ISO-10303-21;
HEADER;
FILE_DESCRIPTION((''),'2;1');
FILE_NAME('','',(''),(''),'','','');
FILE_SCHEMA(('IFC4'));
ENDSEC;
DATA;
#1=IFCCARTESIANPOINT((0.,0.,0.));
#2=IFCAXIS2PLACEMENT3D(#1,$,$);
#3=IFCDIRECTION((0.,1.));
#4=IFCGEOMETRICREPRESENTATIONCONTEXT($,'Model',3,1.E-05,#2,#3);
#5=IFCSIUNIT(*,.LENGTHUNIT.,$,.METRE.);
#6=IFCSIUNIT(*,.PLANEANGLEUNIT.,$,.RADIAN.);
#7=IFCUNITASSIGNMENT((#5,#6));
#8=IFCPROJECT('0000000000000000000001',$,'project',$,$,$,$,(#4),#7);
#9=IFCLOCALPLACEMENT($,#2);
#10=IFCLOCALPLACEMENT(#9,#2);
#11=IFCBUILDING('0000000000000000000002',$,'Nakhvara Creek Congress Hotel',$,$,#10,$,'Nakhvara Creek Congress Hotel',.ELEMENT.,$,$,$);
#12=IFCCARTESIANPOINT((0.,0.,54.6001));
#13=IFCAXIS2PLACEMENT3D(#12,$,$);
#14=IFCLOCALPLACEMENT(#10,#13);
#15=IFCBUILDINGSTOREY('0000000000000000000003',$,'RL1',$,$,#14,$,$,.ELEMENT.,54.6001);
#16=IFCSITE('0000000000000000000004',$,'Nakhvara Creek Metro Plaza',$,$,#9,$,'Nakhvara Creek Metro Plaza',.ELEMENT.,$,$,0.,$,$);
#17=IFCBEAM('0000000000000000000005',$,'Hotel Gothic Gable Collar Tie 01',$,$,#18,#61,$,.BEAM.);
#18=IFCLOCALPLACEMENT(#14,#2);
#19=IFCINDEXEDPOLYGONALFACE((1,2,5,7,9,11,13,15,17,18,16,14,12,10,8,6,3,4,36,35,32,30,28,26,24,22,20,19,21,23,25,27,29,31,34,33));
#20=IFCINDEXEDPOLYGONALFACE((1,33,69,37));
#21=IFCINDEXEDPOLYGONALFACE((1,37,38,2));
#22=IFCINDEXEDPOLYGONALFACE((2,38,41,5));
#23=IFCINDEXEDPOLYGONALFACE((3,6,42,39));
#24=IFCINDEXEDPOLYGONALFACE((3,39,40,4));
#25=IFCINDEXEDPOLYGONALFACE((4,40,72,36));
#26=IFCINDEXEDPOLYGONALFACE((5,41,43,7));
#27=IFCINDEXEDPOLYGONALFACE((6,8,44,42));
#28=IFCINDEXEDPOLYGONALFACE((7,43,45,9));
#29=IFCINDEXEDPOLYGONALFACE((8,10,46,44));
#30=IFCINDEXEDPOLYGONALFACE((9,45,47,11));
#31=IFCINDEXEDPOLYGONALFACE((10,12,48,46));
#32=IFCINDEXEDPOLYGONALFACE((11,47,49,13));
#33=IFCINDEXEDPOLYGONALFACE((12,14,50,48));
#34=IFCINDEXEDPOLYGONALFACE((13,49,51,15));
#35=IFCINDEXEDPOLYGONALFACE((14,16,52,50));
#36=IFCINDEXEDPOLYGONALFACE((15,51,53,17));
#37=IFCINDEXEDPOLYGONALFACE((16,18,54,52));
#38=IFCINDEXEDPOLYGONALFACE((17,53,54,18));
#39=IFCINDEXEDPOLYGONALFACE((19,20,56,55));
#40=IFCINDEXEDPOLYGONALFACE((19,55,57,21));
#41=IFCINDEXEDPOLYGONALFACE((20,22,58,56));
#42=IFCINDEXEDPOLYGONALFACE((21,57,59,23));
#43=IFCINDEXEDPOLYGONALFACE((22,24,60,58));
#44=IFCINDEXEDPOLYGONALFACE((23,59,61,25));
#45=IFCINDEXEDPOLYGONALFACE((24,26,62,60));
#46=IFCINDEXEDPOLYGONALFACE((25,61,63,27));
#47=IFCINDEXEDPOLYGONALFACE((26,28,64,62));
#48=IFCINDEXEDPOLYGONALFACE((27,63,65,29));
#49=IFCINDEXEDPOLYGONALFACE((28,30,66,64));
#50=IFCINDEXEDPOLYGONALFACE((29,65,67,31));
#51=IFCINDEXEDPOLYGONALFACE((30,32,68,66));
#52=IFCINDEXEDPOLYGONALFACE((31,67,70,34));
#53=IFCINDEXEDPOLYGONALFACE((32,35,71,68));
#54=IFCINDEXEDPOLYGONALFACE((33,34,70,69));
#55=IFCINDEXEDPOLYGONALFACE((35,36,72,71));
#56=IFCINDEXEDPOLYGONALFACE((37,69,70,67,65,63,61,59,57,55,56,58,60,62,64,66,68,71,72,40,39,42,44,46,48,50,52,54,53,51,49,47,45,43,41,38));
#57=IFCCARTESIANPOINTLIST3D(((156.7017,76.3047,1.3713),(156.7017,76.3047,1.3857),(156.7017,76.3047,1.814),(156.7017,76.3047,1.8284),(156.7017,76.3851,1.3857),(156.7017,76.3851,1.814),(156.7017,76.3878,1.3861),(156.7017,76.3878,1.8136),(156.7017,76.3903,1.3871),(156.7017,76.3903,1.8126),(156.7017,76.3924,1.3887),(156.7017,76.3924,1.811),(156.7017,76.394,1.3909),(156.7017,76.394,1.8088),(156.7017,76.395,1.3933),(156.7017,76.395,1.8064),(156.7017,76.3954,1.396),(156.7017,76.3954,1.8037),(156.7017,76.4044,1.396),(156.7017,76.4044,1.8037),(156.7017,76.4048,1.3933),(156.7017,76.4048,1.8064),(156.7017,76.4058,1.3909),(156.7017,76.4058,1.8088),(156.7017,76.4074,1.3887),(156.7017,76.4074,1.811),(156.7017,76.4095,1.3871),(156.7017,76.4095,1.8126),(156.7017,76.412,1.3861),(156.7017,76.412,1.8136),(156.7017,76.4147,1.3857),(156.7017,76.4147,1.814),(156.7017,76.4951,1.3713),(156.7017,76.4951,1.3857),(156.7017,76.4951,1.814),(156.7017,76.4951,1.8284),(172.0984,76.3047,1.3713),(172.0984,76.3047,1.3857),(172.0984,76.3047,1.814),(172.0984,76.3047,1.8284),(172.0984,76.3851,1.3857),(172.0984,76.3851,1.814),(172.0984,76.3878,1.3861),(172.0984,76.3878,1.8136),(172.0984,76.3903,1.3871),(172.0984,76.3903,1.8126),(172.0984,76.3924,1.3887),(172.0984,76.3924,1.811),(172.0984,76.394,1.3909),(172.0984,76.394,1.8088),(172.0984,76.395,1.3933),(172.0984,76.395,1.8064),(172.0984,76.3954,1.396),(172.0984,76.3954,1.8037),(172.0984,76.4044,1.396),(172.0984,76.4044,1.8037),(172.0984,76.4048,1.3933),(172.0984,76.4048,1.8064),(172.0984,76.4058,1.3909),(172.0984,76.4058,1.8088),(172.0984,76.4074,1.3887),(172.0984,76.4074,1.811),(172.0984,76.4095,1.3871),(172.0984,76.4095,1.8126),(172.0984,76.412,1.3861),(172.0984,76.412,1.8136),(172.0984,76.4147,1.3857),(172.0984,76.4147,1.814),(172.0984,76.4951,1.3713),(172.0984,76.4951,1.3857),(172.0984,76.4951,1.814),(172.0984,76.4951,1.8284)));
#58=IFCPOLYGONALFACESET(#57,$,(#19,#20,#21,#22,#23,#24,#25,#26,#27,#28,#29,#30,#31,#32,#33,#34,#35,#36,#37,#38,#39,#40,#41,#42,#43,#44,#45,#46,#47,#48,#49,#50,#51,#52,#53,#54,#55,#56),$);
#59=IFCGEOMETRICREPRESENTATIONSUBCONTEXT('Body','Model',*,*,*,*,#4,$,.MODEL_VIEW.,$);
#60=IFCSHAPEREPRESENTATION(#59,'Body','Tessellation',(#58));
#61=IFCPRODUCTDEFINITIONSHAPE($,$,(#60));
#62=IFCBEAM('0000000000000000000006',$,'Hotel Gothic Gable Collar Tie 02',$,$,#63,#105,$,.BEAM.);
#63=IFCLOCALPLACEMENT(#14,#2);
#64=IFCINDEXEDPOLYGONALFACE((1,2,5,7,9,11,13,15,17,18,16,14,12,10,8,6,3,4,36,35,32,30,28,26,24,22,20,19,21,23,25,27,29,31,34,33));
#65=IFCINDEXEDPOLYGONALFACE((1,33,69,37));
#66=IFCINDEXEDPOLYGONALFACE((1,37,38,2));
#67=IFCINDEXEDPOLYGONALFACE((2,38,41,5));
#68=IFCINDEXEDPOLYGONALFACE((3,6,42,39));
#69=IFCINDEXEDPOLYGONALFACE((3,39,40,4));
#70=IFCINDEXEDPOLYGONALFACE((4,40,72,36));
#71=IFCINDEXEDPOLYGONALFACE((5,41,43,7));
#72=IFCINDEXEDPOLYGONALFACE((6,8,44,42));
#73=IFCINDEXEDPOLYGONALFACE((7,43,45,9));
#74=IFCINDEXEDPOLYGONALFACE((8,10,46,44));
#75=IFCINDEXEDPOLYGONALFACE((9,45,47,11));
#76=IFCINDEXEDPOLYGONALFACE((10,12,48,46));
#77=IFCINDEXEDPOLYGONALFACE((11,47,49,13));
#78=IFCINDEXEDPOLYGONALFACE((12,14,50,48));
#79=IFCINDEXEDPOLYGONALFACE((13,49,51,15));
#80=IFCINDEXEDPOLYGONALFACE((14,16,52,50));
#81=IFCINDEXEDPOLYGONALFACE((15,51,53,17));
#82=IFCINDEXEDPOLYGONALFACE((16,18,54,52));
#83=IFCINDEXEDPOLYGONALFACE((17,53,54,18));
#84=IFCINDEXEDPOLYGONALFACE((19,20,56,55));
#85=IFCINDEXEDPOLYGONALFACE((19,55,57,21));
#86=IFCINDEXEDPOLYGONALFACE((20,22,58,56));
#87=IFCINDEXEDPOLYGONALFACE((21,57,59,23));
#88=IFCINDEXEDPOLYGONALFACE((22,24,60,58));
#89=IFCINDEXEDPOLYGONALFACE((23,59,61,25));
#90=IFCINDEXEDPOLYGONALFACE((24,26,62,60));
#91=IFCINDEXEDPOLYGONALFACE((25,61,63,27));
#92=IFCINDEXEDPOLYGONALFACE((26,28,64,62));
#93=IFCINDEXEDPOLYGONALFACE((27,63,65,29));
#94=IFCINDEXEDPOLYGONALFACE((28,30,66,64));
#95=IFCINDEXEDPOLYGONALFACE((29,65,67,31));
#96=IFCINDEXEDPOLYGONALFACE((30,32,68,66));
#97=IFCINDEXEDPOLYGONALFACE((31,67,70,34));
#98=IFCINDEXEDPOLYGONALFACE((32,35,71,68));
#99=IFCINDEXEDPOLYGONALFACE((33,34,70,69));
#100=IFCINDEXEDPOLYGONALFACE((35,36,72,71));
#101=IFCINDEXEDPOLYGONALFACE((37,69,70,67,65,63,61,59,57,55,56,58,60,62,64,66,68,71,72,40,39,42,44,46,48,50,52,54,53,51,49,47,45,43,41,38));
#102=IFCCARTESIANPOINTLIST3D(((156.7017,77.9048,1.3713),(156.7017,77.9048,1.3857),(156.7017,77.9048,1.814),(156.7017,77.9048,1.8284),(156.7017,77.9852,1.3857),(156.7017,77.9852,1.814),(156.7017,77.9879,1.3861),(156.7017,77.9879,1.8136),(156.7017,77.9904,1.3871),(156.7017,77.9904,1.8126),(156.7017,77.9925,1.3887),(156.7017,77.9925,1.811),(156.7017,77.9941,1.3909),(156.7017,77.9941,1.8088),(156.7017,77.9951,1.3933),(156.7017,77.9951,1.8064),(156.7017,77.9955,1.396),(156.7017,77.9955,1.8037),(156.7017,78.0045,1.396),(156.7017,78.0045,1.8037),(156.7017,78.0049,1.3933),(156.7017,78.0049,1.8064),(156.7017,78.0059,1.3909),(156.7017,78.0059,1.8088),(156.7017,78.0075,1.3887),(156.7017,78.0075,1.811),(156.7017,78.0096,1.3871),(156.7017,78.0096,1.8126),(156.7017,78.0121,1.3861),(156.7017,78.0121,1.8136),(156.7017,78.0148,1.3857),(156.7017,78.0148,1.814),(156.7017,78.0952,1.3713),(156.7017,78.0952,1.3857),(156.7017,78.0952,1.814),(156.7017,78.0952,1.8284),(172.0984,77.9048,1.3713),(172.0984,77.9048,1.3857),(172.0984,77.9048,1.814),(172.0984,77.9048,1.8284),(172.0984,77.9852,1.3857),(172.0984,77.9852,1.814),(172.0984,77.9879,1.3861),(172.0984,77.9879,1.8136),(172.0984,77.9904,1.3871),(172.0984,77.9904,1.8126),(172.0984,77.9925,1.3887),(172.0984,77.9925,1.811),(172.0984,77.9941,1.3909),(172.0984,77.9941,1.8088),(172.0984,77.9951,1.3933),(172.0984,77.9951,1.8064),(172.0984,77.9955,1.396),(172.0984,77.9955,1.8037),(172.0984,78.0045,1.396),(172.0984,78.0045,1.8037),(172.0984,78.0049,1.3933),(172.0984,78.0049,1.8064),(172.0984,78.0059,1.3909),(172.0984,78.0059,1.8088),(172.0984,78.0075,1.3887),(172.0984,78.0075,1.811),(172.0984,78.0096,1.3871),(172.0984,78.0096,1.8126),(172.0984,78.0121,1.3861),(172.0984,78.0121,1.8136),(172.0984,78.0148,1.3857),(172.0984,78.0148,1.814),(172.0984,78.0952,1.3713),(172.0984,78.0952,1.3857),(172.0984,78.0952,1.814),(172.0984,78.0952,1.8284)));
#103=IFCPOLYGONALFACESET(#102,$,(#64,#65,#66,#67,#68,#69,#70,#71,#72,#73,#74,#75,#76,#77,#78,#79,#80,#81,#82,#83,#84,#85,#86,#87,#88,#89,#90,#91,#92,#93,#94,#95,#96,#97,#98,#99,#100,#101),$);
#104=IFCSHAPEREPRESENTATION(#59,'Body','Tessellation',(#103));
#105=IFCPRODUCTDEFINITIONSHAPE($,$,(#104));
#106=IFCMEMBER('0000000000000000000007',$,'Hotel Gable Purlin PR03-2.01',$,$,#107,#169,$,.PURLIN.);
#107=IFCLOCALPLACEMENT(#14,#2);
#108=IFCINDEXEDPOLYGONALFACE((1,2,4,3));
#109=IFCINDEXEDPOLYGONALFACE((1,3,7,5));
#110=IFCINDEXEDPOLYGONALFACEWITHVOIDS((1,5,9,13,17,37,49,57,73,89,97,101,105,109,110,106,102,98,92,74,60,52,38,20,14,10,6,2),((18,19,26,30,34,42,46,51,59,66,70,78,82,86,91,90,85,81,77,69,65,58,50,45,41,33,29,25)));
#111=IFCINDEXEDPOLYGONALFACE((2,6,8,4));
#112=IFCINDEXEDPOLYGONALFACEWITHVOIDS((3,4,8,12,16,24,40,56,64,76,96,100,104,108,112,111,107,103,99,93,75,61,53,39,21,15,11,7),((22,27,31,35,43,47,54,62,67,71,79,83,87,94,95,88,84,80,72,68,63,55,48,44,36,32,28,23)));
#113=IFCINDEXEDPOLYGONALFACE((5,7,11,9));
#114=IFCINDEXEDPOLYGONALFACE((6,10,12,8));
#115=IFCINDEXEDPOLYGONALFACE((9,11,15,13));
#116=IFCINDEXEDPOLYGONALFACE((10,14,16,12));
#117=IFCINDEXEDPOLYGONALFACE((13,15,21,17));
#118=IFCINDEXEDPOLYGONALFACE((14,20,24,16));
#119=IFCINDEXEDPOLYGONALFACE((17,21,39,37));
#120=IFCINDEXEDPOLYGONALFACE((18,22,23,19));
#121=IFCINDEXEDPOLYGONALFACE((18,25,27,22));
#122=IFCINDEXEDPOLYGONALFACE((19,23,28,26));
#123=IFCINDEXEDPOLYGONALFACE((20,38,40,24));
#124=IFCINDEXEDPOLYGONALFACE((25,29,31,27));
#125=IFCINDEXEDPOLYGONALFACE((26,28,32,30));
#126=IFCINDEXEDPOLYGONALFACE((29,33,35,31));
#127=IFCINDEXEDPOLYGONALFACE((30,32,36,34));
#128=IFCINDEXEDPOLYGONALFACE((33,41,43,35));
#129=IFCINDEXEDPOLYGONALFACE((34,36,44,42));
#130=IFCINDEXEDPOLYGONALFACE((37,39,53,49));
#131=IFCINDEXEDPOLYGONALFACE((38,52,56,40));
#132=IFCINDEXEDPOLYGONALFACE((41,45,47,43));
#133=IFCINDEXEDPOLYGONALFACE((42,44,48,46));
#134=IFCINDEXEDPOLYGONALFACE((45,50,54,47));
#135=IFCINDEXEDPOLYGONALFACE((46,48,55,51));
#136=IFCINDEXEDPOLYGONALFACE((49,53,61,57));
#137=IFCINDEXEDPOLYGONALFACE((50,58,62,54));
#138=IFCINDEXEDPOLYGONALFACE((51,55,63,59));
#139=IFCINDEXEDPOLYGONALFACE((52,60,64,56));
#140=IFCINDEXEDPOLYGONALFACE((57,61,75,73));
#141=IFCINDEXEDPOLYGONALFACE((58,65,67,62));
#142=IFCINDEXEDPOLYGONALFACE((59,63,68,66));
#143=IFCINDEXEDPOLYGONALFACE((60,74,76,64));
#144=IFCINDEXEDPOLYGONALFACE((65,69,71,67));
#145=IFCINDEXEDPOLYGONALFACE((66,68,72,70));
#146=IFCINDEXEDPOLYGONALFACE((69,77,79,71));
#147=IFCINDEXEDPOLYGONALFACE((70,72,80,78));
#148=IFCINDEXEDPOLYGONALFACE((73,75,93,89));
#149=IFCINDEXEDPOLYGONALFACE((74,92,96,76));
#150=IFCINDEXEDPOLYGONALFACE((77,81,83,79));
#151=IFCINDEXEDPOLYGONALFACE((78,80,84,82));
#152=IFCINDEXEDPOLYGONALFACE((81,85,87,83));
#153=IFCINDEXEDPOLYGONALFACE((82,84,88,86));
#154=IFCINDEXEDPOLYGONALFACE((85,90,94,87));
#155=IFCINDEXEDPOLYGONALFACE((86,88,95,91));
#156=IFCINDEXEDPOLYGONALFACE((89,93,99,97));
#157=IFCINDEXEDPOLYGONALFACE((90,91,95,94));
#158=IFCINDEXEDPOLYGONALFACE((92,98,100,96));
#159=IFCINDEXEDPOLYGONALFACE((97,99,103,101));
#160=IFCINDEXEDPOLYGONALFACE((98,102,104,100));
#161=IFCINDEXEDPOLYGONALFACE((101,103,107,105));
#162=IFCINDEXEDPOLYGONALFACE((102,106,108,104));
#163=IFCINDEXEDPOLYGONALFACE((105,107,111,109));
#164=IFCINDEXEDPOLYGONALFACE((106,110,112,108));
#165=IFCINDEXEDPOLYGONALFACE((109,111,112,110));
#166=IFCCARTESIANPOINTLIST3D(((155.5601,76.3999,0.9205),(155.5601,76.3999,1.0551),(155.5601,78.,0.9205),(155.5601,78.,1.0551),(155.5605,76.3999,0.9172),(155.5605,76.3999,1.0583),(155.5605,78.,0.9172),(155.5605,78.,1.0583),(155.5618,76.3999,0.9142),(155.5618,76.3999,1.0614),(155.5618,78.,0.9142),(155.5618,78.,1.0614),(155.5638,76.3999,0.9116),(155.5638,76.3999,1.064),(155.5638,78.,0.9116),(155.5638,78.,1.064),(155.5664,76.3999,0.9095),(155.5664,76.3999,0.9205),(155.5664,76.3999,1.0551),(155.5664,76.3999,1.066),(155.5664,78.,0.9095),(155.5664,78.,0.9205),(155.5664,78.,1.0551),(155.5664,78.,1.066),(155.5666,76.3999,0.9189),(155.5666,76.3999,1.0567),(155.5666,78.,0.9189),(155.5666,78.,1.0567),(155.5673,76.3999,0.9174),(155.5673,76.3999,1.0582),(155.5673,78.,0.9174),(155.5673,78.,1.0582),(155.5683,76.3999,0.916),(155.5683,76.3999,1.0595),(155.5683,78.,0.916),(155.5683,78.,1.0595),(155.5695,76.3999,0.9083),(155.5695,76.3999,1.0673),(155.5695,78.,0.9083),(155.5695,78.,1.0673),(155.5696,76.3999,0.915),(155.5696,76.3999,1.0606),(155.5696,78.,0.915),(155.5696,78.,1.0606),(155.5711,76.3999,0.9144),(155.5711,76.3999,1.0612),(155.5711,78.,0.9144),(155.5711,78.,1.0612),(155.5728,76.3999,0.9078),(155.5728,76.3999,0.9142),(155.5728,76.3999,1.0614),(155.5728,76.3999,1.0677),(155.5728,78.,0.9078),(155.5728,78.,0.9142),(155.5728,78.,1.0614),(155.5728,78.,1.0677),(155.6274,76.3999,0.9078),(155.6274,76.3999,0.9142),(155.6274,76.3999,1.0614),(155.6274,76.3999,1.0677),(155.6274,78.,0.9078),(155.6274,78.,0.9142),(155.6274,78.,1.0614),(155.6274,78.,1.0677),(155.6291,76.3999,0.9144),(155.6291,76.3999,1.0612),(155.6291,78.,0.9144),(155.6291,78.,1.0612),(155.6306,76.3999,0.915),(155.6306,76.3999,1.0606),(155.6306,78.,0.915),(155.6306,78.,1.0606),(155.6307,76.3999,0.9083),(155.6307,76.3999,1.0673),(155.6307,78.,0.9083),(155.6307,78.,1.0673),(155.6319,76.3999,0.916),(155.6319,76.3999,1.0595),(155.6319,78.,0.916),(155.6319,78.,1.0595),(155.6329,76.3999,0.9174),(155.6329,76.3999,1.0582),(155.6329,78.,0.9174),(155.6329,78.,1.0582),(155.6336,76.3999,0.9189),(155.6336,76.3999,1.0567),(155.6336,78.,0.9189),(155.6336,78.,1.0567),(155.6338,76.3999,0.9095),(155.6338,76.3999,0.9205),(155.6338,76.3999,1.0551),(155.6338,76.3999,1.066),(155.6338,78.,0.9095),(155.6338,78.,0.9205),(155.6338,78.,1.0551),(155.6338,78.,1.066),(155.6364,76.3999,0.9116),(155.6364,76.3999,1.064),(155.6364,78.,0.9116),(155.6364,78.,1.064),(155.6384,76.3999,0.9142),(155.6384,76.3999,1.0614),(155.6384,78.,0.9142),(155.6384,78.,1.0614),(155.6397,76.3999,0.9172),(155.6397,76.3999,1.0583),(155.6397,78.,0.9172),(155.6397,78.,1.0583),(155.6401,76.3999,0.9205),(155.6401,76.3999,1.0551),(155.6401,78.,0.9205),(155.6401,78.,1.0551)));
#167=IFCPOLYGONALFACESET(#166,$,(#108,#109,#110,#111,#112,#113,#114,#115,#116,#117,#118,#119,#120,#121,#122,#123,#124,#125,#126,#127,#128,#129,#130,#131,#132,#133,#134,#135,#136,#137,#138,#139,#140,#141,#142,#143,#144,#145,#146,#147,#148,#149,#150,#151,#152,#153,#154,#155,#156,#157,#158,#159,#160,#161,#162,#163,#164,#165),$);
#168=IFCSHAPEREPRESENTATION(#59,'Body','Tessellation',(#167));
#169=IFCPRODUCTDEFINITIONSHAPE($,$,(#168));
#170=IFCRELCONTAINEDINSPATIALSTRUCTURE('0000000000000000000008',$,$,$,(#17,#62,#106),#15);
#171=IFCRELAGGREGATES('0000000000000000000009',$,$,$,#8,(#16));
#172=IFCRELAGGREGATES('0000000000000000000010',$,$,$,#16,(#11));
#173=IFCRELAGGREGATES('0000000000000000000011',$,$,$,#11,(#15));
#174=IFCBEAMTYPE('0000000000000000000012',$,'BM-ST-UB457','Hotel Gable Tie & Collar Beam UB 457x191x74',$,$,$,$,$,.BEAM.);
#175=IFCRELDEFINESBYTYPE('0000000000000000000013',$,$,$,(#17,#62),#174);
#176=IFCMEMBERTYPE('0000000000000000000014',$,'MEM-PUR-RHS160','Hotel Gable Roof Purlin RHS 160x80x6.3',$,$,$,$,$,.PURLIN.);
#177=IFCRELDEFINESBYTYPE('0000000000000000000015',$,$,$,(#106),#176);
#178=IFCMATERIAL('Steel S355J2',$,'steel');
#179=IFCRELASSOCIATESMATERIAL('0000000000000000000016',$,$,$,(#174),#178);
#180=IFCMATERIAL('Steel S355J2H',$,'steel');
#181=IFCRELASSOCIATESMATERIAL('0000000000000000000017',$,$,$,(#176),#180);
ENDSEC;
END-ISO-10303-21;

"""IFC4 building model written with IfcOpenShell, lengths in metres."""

from ifc_helpers import new_model, si_unit, direction, frame, origin, origin_2d, place, context, subcontext, project, spatial, hollow_rectangle, i_section, extrude, material, material_profile, profile_set, type_object, element, save


model = new_model("IFC4")

# Units and contexts
model_context = context("Model", 3, precision=1e-05, world=origin(), true_north=direction((0.0, 1.0)))
body_context = subcontext(model_context, "Body", "Model", "MODEL_VIEW")
ifc_project = project(units=[si_unit("LENGTHUNIT", "METRE"), si_unit("PLANEANGLEUNIT", "RADIAN")], contexts=[model_context])

# Site, building, storey
site_placement = place(None, origin())
site = spatial("IfcSite", under=ifc_project, at=site_placement, Name="Nakhvara Creek Metro Plaza", LongName="Nakhvara Creek Metro Plaza", CompositionType="ELEMENT", RefElevation=0.0)
building_placement = place(site_placement, origin())
building = spatial("IfcBuilding", under=site, at=building_placement, Name="Nakhvara Creek Congress Hotel", LongName="Nakhvara Creek Congress Hotel", CompositionType="ELEMENT")
storey_placement = place(building_placement, frame((0.0, 0.0, 54.6001)))
storey = spatial("IfcBuildingStorey", under=building, at=storey_placement, Name="RL1", CompositionType="ELEMENT", Elevation=54.6001)

# Beams
ifc_material_1 = material(Name="Steel S355J2", Category="steel")
ifc_material_profile_1 = material_profile(ifc_material_1, i_section(OverallWidth=0.1904, OverallDepth=0.457, WebThickness=0.009, FlangeThickness=0.0144, FilletRadius=0.0103, at=origin_2d()), Name="UB 457x191x74", Category="LoadBearing")
ifc_profile_set_1 = profile_set([ifc_material_profile_1], Name="Steel S355J2")
beam_type = type_object("IfcBeamType", Name="BM-ST-UB457", Description="Hotel Gable Tie & Collar Beam UB 457x191x74", PredefinedType="BEAM", material=ifc_profile_set_1)
for number, where, z_axis, x_axis, name in (
    (1, (156.7017, 76.3999, 1.5999), (1.0, 0.0, 0.0), (0.0, 1.0, 0.0), "Hotel Gothic Gable Collar Tie 01"),
    (2, (156.7017, 78.0, 1.5999), (1.0, 0.0, 0.0), (0.0, 1.0, 0.0), "Hotel Gothic Gable Collar Tie 02"),
):
    element("IfcBeam", number, at=place(storey_placement, frame(where, z_axis=z_axis, x_axis=x_axis)), inside=storey, type_object=beam_type, Name=name, PredefinedType="BEAM", context=body_context, shape_type="SweptSolid", body=[
        extrude(i_section(OverallWidth=0.1904, OverallDepth=0.457, WebThickness=0.009, FlangeThickness=0.0144, FilletRadius=0.0103, at=origin_2d()), origin(), (0.0, 0.0, 1.0), 15.3967),
    ])

# Member
ifc_material_2 = material(Name="Steel S355J2H", Category="steel")
ifc_material_profile_2 = material_profile(ifc_material_2, hollow_rectangle(XDim=0.0801, YDim=0.1599, WallThickness=0.0063, InnerFilletRadius=0.0063, OuterFilletRadius=0.0127, at=origin_2d()), Name="RHS 160x80x6.3", Category="LoadBearing")
ifc_profile_set_2 = profile_set([ifc_material_profile_2], Name="Steel S355J2H")
member_type = type_object("IfcMemberType", Name="MEM-PUR-RHS160", Description="Hotel Gable Roof Purlin RHS 160x80x6.3", PredefinedType="PURLIN", material=ifc_profile_set_2)
member_1_placement = place(storey_placement, frame((155.6001, 76.3999, 0.9878), z_axis=(0.0, 1.0, 0.0), x_axis=(-1.0, 0.0, 0.0)))
element("IfcMember", 3, at=member_1_placement, inside=storey, type_object=member_type, Name="Hotel Gable Purlin PR03-2.01", PredefinedType="PURLIN", context=body_context, shape_type="SweptSolid", body=[
    extrude(hollow_rectangle(XDim=0.0801, YDim=0.1599, WallThickness=0.0063, InnerFilletRadius=0.0063, OuterFilletRadius=0.0127, at=origin_2d()), origin(), (0.0, 0.0, 1.0), 1.6001),
])

save(model, "model.ifc")
